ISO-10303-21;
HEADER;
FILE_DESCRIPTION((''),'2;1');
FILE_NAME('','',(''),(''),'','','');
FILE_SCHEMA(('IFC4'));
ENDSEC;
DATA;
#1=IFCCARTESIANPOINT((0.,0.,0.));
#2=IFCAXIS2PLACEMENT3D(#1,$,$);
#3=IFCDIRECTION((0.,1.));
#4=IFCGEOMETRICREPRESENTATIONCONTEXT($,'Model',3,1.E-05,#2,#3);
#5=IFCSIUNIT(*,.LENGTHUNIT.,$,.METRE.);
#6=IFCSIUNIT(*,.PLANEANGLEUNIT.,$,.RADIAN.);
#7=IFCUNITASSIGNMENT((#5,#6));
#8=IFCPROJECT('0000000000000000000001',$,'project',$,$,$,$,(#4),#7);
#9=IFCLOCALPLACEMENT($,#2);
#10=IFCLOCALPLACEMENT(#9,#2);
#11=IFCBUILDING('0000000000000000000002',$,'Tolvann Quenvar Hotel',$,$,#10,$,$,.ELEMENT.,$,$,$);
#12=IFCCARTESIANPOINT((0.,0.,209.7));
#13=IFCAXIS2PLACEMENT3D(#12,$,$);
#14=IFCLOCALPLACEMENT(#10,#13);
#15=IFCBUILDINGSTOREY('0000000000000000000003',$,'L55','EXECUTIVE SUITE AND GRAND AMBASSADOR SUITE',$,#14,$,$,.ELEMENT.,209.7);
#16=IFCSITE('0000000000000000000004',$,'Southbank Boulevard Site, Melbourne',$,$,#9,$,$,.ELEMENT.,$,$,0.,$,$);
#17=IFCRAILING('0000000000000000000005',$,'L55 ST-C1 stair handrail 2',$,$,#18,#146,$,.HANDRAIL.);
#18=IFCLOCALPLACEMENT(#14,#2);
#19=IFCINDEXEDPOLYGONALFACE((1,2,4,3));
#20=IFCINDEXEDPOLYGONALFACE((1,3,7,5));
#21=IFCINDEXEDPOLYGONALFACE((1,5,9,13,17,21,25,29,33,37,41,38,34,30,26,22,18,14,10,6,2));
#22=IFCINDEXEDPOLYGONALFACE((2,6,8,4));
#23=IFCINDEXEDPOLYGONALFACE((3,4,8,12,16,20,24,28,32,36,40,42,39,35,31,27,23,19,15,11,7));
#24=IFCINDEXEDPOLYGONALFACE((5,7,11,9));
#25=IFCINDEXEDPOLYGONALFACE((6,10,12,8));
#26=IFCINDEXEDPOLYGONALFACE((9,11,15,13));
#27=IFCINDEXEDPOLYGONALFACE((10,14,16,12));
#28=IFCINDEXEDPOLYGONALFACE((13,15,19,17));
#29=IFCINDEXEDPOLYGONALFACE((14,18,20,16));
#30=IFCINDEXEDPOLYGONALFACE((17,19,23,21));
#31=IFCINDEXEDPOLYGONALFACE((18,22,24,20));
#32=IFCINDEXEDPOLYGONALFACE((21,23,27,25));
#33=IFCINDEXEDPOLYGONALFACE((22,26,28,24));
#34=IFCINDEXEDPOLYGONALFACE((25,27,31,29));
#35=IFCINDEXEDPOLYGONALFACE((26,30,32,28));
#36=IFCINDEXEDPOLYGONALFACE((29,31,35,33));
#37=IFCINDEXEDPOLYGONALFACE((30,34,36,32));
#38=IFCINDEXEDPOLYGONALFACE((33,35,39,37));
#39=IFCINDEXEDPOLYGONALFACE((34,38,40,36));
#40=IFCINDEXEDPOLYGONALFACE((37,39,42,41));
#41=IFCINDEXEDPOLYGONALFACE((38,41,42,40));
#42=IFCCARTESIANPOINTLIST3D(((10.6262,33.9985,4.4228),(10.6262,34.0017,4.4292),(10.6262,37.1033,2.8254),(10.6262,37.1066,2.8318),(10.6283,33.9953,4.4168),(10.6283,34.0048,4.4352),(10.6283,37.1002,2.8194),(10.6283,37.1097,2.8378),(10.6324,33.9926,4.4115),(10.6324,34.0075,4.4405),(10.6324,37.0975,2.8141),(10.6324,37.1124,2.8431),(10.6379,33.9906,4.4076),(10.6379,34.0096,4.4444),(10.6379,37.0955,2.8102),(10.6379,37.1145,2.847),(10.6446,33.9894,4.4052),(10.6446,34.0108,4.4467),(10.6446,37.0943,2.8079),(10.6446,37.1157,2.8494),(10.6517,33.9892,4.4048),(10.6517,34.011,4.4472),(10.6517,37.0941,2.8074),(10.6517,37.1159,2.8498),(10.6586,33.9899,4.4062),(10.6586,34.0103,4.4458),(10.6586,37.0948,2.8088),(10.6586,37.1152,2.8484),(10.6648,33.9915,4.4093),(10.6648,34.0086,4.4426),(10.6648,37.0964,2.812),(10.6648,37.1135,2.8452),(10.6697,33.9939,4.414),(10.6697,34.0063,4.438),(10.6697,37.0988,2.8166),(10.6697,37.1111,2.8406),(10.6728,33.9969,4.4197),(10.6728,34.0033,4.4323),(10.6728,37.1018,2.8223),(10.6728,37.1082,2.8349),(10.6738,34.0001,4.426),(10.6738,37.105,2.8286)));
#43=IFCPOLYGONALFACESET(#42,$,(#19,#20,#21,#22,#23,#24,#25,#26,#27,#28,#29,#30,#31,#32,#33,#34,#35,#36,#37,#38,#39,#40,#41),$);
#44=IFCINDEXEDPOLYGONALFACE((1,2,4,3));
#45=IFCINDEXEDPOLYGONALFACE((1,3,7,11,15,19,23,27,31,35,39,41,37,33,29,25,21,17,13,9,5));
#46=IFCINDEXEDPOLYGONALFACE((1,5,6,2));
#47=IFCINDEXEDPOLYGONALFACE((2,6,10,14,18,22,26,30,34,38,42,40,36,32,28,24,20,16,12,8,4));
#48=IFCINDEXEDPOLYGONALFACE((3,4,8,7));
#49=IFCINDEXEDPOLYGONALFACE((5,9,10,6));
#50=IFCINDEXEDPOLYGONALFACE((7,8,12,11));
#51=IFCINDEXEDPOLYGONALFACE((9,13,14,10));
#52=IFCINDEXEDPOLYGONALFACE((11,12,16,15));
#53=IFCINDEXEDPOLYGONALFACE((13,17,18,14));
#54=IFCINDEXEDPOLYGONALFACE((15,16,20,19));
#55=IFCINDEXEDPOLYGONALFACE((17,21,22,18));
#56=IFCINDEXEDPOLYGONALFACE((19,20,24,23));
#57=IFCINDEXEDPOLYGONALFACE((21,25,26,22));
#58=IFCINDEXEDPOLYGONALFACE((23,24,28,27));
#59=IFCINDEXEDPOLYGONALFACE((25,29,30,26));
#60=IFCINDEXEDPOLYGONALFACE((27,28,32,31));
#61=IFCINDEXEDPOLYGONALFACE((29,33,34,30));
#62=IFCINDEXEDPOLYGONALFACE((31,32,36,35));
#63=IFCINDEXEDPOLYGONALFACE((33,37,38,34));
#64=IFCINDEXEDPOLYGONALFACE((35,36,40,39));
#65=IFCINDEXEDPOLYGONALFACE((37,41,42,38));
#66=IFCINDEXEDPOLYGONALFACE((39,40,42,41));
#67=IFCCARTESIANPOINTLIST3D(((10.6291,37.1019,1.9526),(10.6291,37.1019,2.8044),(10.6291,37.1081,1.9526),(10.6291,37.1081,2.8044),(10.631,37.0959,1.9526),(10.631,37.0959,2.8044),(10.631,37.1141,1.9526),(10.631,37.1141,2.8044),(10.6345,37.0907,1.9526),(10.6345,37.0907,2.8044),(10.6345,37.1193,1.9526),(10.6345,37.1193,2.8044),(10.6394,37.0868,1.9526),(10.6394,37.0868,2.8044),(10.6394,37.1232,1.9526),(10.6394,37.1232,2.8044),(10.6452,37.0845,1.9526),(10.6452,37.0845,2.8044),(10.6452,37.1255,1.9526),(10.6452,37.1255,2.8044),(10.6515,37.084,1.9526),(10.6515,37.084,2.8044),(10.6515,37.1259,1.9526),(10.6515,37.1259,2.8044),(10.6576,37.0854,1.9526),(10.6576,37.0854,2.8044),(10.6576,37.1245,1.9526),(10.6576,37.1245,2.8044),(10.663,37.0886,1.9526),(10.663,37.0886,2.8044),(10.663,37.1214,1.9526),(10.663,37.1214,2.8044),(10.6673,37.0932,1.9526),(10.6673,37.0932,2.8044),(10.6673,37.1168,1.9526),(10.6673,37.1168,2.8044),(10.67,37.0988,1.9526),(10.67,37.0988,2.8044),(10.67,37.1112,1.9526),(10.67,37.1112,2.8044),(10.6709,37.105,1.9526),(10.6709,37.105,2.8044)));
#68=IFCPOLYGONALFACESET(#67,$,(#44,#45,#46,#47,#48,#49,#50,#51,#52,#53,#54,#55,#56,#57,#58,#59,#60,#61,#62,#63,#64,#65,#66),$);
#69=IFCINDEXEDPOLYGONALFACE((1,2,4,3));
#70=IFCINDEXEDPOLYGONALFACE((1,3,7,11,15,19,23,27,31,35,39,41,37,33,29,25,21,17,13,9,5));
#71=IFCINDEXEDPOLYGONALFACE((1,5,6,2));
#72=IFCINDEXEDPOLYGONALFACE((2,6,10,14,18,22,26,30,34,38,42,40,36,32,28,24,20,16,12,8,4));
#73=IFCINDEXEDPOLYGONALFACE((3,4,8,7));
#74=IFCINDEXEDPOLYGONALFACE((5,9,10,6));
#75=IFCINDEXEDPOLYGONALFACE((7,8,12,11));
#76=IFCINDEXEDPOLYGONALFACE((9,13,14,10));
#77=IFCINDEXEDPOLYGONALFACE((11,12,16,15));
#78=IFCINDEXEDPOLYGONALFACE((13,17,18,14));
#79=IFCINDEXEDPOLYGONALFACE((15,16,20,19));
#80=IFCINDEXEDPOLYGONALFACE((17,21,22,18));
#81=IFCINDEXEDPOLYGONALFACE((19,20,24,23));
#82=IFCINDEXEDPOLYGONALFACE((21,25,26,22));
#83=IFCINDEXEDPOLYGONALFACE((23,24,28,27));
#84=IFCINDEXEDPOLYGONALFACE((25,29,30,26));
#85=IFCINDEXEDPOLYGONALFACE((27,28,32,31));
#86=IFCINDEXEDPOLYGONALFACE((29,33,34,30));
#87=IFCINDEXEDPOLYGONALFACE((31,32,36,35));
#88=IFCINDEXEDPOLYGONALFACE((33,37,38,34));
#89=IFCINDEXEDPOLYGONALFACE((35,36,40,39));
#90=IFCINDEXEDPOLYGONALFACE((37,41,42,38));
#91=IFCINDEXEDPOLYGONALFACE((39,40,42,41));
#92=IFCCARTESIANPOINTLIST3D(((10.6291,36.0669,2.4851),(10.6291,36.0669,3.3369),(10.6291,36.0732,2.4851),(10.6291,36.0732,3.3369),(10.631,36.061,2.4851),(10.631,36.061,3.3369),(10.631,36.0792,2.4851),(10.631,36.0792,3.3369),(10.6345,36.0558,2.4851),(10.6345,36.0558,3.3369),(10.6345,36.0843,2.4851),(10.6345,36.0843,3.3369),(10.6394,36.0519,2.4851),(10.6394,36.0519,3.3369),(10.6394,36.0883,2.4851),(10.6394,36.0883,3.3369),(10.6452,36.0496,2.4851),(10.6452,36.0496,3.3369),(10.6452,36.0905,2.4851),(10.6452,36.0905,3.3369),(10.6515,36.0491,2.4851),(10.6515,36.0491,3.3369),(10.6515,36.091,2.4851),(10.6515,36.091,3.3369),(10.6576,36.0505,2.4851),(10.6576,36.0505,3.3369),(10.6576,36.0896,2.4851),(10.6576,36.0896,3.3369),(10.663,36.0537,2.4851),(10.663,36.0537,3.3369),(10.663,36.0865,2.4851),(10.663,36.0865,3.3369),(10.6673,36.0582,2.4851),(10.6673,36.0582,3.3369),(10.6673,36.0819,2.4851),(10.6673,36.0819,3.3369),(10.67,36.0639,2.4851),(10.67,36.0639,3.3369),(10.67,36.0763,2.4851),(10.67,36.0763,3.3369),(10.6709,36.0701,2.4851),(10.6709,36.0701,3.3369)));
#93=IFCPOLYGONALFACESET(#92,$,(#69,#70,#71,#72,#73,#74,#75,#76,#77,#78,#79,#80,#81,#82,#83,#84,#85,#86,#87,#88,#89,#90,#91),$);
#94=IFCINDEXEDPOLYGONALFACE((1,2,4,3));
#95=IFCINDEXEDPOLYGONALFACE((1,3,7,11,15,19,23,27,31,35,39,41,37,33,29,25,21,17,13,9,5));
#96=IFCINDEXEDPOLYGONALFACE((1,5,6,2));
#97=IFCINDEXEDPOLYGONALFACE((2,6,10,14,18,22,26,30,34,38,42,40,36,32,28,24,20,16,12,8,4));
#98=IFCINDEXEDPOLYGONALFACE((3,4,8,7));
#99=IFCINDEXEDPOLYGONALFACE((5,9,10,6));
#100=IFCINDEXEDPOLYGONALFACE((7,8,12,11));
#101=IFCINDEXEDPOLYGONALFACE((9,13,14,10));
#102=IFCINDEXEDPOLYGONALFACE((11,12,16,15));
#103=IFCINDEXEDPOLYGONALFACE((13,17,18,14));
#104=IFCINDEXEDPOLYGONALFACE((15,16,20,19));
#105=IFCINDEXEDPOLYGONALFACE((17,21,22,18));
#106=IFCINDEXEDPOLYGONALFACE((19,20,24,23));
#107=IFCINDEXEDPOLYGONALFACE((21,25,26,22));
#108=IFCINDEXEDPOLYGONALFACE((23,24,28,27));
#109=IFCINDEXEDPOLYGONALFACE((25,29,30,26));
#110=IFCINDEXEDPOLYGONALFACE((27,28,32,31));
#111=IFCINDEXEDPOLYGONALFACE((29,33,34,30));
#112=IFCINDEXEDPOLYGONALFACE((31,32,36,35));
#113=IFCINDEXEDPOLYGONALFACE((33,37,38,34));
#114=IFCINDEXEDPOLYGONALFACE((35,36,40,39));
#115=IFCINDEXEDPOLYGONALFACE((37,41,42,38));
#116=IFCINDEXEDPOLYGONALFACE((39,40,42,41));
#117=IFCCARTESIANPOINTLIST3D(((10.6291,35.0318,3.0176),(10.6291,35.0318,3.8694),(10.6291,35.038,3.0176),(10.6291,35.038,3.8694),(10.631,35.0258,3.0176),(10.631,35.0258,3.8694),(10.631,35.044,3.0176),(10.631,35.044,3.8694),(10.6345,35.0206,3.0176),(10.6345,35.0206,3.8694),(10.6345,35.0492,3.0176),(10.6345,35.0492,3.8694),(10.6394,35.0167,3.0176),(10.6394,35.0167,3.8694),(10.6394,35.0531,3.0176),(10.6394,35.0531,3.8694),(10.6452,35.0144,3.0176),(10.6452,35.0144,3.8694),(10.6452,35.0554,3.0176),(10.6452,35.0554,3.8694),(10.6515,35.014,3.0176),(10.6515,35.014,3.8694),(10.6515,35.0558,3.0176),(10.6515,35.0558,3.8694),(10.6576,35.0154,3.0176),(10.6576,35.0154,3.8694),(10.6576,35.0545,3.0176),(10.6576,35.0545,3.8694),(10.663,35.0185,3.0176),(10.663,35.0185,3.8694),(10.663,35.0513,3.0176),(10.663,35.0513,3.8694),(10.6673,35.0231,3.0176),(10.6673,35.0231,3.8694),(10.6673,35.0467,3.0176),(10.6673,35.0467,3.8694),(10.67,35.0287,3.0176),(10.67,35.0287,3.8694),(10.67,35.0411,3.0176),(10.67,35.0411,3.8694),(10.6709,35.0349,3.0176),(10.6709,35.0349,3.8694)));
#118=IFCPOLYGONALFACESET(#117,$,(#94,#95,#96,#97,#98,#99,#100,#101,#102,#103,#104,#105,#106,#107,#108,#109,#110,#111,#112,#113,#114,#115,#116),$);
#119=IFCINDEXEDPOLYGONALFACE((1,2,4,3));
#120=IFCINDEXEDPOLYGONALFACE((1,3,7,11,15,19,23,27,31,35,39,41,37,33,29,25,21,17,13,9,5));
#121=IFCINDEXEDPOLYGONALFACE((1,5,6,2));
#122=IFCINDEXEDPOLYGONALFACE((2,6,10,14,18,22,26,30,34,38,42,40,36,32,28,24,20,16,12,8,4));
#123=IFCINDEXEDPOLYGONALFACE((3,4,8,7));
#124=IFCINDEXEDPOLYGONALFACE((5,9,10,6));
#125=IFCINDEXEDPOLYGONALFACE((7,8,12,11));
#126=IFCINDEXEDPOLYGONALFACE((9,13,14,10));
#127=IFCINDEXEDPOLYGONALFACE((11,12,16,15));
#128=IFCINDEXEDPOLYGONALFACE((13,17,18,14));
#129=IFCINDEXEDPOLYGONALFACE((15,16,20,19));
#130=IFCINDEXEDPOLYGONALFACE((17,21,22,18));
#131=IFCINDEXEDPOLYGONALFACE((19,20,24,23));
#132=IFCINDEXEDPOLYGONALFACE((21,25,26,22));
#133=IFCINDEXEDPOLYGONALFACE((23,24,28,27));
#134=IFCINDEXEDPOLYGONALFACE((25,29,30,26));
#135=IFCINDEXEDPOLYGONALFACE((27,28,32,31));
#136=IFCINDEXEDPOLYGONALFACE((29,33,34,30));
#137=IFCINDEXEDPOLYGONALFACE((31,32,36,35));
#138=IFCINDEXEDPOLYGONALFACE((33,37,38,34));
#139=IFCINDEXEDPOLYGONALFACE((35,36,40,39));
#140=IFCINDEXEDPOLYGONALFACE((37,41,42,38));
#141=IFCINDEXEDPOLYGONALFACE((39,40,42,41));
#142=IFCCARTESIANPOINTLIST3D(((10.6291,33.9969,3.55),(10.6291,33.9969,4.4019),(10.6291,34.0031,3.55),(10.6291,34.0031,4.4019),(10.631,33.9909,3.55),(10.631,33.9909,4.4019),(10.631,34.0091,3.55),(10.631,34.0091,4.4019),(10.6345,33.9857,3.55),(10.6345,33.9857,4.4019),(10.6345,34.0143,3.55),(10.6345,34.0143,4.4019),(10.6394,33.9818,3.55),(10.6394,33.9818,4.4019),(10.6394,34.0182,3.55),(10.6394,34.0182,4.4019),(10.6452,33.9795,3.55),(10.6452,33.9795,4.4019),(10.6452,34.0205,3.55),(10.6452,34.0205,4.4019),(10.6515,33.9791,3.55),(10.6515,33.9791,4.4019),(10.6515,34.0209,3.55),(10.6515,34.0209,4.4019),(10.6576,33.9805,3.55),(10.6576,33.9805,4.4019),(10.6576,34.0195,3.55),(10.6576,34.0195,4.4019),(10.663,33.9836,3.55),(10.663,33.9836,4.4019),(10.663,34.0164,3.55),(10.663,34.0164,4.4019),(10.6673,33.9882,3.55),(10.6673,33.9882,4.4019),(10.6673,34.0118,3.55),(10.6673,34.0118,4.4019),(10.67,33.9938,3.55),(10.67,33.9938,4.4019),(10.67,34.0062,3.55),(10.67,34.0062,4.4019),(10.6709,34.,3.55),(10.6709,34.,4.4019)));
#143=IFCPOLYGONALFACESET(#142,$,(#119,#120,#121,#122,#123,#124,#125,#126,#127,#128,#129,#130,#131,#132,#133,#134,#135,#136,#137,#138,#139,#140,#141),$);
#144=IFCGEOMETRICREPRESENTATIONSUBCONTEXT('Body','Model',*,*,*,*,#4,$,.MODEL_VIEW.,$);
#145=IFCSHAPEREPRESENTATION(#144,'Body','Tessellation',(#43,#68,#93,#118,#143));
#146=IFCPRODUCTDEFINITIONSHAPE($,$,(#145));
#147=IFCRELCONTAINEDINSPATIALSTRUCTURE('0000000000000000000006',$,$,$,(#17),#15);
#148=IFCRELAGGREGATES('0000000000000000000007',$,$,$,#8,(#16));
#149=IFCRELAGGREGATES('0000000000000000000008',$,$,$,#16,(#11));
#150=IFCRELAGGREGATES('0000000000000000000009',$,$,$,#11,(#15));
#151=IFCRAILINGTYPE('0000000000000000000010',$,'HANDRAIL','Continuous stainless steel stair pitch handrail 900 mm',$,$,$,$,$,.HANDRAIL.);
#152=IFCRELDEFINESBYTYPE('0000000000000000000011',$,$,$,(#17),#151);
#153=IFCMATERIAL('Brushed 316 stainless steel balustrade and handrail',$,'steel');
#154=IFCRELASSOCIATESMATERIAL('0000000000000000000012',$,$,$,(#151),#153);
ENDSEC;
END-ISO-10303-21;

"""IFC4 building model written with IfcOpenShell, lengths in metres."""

from ifc_helpers import new_model, si_unit, direction, frame, origin, origin_2d, place, context, subcontext, project, spatial, circle, extrude, material, type_object, element, save


model = new_model("IFC4")

# Units and contexts
model_context = context("Model", 3, precision=1e-05, world=origin(), true_north=direction((0.0, 1.0)))
body_context = subcontext(model_context, "Body", "Model", "MODEL_VIEW")
ifc_project = project(units=[si_unit("LENGTHUNIT", "METRE"), si_unit("PLANEANGLEUNIT", "RADIAN")], contexts=[model_context])

# Site, building, storey
site_placement = place(None, origin())
site = spatial("IfcSite", under=ifc_project, at=site_placement, Name="Southbank Boulevard Site, Melbourne", CompositionType="ELEMENT", RefElevation=0.0)
building_placement = place(site_placement, origin())
building = spatial("IfcBuilding", under=site, at=building_placement, Name="Tolvann Quenvar Hotel", CompositionType="ELEMENT")
storey_placement = place(building_placement, frame((0.0, 0.0, 209.7)))
storey = spatial("IfcBuildingStorey", under=building, at=storey_placement, Name="L55", Description="EXECUTIVE SUITE AND GRAND AMBASSADOR SUITE", CompositionType="ELEMENT", Elevation=209.7)

# Railing
ifc_material_1 = material(Name="Brushed 316 stainless steel balustrade and handrail", Category="steel")
railing_type_1 = type_object("IfcRailingType", Name="HANDRAIL", Description="Continuous stainless steel stair pitch handrail 900 mm", PredefinedType="HANDRAIL", material=ifc_material_1)
railing_1_placement = place(storey_placement, frame((10.6499, 37.105, 1.9526)))
element("IfcRailing", 1, at=railing_1_placement, inside=storey, type_object=railing_type_1, Name="L55 ST-C1 stair handrail 2", PredefinedType="HANDRAIL", context=body_context, shape_type="SweptSolid", body=[
    extrude(circle(Radius=0.0239, at=origin_2d()), frame((0.0, 0.0, 0.876), z_axis=(0.0, -0.889222, 0.457476), x_axis=(1.0, 0.0, 0.0)), (0.0, 0.0, 1.0), 3.4917),
    extrude(circle(Radius=0.021, at=origin_2d()), origin(), (0.0, 0.0, 1.0), 0.8518),
    extrude(circle(Radius=0.021, at=origin_2d()), frame((0.0, -1.0349, 0.5325)), (0.0, 0.0, 1.0), 0.8518),
    extrude(circle(Radius=0.021, at=origin_2d()), frame((0.0, -2.0701, 1.0649)), (0.0, 0.0, 1.0), 0.8518),
    extrude(circle(Radius=0.021, at=origin_2d()), frame((0.0, -3.105, 1.5974)), (0.0, 0.0, 1.0), 0.8518),
])

save(model, "model.ifc")
